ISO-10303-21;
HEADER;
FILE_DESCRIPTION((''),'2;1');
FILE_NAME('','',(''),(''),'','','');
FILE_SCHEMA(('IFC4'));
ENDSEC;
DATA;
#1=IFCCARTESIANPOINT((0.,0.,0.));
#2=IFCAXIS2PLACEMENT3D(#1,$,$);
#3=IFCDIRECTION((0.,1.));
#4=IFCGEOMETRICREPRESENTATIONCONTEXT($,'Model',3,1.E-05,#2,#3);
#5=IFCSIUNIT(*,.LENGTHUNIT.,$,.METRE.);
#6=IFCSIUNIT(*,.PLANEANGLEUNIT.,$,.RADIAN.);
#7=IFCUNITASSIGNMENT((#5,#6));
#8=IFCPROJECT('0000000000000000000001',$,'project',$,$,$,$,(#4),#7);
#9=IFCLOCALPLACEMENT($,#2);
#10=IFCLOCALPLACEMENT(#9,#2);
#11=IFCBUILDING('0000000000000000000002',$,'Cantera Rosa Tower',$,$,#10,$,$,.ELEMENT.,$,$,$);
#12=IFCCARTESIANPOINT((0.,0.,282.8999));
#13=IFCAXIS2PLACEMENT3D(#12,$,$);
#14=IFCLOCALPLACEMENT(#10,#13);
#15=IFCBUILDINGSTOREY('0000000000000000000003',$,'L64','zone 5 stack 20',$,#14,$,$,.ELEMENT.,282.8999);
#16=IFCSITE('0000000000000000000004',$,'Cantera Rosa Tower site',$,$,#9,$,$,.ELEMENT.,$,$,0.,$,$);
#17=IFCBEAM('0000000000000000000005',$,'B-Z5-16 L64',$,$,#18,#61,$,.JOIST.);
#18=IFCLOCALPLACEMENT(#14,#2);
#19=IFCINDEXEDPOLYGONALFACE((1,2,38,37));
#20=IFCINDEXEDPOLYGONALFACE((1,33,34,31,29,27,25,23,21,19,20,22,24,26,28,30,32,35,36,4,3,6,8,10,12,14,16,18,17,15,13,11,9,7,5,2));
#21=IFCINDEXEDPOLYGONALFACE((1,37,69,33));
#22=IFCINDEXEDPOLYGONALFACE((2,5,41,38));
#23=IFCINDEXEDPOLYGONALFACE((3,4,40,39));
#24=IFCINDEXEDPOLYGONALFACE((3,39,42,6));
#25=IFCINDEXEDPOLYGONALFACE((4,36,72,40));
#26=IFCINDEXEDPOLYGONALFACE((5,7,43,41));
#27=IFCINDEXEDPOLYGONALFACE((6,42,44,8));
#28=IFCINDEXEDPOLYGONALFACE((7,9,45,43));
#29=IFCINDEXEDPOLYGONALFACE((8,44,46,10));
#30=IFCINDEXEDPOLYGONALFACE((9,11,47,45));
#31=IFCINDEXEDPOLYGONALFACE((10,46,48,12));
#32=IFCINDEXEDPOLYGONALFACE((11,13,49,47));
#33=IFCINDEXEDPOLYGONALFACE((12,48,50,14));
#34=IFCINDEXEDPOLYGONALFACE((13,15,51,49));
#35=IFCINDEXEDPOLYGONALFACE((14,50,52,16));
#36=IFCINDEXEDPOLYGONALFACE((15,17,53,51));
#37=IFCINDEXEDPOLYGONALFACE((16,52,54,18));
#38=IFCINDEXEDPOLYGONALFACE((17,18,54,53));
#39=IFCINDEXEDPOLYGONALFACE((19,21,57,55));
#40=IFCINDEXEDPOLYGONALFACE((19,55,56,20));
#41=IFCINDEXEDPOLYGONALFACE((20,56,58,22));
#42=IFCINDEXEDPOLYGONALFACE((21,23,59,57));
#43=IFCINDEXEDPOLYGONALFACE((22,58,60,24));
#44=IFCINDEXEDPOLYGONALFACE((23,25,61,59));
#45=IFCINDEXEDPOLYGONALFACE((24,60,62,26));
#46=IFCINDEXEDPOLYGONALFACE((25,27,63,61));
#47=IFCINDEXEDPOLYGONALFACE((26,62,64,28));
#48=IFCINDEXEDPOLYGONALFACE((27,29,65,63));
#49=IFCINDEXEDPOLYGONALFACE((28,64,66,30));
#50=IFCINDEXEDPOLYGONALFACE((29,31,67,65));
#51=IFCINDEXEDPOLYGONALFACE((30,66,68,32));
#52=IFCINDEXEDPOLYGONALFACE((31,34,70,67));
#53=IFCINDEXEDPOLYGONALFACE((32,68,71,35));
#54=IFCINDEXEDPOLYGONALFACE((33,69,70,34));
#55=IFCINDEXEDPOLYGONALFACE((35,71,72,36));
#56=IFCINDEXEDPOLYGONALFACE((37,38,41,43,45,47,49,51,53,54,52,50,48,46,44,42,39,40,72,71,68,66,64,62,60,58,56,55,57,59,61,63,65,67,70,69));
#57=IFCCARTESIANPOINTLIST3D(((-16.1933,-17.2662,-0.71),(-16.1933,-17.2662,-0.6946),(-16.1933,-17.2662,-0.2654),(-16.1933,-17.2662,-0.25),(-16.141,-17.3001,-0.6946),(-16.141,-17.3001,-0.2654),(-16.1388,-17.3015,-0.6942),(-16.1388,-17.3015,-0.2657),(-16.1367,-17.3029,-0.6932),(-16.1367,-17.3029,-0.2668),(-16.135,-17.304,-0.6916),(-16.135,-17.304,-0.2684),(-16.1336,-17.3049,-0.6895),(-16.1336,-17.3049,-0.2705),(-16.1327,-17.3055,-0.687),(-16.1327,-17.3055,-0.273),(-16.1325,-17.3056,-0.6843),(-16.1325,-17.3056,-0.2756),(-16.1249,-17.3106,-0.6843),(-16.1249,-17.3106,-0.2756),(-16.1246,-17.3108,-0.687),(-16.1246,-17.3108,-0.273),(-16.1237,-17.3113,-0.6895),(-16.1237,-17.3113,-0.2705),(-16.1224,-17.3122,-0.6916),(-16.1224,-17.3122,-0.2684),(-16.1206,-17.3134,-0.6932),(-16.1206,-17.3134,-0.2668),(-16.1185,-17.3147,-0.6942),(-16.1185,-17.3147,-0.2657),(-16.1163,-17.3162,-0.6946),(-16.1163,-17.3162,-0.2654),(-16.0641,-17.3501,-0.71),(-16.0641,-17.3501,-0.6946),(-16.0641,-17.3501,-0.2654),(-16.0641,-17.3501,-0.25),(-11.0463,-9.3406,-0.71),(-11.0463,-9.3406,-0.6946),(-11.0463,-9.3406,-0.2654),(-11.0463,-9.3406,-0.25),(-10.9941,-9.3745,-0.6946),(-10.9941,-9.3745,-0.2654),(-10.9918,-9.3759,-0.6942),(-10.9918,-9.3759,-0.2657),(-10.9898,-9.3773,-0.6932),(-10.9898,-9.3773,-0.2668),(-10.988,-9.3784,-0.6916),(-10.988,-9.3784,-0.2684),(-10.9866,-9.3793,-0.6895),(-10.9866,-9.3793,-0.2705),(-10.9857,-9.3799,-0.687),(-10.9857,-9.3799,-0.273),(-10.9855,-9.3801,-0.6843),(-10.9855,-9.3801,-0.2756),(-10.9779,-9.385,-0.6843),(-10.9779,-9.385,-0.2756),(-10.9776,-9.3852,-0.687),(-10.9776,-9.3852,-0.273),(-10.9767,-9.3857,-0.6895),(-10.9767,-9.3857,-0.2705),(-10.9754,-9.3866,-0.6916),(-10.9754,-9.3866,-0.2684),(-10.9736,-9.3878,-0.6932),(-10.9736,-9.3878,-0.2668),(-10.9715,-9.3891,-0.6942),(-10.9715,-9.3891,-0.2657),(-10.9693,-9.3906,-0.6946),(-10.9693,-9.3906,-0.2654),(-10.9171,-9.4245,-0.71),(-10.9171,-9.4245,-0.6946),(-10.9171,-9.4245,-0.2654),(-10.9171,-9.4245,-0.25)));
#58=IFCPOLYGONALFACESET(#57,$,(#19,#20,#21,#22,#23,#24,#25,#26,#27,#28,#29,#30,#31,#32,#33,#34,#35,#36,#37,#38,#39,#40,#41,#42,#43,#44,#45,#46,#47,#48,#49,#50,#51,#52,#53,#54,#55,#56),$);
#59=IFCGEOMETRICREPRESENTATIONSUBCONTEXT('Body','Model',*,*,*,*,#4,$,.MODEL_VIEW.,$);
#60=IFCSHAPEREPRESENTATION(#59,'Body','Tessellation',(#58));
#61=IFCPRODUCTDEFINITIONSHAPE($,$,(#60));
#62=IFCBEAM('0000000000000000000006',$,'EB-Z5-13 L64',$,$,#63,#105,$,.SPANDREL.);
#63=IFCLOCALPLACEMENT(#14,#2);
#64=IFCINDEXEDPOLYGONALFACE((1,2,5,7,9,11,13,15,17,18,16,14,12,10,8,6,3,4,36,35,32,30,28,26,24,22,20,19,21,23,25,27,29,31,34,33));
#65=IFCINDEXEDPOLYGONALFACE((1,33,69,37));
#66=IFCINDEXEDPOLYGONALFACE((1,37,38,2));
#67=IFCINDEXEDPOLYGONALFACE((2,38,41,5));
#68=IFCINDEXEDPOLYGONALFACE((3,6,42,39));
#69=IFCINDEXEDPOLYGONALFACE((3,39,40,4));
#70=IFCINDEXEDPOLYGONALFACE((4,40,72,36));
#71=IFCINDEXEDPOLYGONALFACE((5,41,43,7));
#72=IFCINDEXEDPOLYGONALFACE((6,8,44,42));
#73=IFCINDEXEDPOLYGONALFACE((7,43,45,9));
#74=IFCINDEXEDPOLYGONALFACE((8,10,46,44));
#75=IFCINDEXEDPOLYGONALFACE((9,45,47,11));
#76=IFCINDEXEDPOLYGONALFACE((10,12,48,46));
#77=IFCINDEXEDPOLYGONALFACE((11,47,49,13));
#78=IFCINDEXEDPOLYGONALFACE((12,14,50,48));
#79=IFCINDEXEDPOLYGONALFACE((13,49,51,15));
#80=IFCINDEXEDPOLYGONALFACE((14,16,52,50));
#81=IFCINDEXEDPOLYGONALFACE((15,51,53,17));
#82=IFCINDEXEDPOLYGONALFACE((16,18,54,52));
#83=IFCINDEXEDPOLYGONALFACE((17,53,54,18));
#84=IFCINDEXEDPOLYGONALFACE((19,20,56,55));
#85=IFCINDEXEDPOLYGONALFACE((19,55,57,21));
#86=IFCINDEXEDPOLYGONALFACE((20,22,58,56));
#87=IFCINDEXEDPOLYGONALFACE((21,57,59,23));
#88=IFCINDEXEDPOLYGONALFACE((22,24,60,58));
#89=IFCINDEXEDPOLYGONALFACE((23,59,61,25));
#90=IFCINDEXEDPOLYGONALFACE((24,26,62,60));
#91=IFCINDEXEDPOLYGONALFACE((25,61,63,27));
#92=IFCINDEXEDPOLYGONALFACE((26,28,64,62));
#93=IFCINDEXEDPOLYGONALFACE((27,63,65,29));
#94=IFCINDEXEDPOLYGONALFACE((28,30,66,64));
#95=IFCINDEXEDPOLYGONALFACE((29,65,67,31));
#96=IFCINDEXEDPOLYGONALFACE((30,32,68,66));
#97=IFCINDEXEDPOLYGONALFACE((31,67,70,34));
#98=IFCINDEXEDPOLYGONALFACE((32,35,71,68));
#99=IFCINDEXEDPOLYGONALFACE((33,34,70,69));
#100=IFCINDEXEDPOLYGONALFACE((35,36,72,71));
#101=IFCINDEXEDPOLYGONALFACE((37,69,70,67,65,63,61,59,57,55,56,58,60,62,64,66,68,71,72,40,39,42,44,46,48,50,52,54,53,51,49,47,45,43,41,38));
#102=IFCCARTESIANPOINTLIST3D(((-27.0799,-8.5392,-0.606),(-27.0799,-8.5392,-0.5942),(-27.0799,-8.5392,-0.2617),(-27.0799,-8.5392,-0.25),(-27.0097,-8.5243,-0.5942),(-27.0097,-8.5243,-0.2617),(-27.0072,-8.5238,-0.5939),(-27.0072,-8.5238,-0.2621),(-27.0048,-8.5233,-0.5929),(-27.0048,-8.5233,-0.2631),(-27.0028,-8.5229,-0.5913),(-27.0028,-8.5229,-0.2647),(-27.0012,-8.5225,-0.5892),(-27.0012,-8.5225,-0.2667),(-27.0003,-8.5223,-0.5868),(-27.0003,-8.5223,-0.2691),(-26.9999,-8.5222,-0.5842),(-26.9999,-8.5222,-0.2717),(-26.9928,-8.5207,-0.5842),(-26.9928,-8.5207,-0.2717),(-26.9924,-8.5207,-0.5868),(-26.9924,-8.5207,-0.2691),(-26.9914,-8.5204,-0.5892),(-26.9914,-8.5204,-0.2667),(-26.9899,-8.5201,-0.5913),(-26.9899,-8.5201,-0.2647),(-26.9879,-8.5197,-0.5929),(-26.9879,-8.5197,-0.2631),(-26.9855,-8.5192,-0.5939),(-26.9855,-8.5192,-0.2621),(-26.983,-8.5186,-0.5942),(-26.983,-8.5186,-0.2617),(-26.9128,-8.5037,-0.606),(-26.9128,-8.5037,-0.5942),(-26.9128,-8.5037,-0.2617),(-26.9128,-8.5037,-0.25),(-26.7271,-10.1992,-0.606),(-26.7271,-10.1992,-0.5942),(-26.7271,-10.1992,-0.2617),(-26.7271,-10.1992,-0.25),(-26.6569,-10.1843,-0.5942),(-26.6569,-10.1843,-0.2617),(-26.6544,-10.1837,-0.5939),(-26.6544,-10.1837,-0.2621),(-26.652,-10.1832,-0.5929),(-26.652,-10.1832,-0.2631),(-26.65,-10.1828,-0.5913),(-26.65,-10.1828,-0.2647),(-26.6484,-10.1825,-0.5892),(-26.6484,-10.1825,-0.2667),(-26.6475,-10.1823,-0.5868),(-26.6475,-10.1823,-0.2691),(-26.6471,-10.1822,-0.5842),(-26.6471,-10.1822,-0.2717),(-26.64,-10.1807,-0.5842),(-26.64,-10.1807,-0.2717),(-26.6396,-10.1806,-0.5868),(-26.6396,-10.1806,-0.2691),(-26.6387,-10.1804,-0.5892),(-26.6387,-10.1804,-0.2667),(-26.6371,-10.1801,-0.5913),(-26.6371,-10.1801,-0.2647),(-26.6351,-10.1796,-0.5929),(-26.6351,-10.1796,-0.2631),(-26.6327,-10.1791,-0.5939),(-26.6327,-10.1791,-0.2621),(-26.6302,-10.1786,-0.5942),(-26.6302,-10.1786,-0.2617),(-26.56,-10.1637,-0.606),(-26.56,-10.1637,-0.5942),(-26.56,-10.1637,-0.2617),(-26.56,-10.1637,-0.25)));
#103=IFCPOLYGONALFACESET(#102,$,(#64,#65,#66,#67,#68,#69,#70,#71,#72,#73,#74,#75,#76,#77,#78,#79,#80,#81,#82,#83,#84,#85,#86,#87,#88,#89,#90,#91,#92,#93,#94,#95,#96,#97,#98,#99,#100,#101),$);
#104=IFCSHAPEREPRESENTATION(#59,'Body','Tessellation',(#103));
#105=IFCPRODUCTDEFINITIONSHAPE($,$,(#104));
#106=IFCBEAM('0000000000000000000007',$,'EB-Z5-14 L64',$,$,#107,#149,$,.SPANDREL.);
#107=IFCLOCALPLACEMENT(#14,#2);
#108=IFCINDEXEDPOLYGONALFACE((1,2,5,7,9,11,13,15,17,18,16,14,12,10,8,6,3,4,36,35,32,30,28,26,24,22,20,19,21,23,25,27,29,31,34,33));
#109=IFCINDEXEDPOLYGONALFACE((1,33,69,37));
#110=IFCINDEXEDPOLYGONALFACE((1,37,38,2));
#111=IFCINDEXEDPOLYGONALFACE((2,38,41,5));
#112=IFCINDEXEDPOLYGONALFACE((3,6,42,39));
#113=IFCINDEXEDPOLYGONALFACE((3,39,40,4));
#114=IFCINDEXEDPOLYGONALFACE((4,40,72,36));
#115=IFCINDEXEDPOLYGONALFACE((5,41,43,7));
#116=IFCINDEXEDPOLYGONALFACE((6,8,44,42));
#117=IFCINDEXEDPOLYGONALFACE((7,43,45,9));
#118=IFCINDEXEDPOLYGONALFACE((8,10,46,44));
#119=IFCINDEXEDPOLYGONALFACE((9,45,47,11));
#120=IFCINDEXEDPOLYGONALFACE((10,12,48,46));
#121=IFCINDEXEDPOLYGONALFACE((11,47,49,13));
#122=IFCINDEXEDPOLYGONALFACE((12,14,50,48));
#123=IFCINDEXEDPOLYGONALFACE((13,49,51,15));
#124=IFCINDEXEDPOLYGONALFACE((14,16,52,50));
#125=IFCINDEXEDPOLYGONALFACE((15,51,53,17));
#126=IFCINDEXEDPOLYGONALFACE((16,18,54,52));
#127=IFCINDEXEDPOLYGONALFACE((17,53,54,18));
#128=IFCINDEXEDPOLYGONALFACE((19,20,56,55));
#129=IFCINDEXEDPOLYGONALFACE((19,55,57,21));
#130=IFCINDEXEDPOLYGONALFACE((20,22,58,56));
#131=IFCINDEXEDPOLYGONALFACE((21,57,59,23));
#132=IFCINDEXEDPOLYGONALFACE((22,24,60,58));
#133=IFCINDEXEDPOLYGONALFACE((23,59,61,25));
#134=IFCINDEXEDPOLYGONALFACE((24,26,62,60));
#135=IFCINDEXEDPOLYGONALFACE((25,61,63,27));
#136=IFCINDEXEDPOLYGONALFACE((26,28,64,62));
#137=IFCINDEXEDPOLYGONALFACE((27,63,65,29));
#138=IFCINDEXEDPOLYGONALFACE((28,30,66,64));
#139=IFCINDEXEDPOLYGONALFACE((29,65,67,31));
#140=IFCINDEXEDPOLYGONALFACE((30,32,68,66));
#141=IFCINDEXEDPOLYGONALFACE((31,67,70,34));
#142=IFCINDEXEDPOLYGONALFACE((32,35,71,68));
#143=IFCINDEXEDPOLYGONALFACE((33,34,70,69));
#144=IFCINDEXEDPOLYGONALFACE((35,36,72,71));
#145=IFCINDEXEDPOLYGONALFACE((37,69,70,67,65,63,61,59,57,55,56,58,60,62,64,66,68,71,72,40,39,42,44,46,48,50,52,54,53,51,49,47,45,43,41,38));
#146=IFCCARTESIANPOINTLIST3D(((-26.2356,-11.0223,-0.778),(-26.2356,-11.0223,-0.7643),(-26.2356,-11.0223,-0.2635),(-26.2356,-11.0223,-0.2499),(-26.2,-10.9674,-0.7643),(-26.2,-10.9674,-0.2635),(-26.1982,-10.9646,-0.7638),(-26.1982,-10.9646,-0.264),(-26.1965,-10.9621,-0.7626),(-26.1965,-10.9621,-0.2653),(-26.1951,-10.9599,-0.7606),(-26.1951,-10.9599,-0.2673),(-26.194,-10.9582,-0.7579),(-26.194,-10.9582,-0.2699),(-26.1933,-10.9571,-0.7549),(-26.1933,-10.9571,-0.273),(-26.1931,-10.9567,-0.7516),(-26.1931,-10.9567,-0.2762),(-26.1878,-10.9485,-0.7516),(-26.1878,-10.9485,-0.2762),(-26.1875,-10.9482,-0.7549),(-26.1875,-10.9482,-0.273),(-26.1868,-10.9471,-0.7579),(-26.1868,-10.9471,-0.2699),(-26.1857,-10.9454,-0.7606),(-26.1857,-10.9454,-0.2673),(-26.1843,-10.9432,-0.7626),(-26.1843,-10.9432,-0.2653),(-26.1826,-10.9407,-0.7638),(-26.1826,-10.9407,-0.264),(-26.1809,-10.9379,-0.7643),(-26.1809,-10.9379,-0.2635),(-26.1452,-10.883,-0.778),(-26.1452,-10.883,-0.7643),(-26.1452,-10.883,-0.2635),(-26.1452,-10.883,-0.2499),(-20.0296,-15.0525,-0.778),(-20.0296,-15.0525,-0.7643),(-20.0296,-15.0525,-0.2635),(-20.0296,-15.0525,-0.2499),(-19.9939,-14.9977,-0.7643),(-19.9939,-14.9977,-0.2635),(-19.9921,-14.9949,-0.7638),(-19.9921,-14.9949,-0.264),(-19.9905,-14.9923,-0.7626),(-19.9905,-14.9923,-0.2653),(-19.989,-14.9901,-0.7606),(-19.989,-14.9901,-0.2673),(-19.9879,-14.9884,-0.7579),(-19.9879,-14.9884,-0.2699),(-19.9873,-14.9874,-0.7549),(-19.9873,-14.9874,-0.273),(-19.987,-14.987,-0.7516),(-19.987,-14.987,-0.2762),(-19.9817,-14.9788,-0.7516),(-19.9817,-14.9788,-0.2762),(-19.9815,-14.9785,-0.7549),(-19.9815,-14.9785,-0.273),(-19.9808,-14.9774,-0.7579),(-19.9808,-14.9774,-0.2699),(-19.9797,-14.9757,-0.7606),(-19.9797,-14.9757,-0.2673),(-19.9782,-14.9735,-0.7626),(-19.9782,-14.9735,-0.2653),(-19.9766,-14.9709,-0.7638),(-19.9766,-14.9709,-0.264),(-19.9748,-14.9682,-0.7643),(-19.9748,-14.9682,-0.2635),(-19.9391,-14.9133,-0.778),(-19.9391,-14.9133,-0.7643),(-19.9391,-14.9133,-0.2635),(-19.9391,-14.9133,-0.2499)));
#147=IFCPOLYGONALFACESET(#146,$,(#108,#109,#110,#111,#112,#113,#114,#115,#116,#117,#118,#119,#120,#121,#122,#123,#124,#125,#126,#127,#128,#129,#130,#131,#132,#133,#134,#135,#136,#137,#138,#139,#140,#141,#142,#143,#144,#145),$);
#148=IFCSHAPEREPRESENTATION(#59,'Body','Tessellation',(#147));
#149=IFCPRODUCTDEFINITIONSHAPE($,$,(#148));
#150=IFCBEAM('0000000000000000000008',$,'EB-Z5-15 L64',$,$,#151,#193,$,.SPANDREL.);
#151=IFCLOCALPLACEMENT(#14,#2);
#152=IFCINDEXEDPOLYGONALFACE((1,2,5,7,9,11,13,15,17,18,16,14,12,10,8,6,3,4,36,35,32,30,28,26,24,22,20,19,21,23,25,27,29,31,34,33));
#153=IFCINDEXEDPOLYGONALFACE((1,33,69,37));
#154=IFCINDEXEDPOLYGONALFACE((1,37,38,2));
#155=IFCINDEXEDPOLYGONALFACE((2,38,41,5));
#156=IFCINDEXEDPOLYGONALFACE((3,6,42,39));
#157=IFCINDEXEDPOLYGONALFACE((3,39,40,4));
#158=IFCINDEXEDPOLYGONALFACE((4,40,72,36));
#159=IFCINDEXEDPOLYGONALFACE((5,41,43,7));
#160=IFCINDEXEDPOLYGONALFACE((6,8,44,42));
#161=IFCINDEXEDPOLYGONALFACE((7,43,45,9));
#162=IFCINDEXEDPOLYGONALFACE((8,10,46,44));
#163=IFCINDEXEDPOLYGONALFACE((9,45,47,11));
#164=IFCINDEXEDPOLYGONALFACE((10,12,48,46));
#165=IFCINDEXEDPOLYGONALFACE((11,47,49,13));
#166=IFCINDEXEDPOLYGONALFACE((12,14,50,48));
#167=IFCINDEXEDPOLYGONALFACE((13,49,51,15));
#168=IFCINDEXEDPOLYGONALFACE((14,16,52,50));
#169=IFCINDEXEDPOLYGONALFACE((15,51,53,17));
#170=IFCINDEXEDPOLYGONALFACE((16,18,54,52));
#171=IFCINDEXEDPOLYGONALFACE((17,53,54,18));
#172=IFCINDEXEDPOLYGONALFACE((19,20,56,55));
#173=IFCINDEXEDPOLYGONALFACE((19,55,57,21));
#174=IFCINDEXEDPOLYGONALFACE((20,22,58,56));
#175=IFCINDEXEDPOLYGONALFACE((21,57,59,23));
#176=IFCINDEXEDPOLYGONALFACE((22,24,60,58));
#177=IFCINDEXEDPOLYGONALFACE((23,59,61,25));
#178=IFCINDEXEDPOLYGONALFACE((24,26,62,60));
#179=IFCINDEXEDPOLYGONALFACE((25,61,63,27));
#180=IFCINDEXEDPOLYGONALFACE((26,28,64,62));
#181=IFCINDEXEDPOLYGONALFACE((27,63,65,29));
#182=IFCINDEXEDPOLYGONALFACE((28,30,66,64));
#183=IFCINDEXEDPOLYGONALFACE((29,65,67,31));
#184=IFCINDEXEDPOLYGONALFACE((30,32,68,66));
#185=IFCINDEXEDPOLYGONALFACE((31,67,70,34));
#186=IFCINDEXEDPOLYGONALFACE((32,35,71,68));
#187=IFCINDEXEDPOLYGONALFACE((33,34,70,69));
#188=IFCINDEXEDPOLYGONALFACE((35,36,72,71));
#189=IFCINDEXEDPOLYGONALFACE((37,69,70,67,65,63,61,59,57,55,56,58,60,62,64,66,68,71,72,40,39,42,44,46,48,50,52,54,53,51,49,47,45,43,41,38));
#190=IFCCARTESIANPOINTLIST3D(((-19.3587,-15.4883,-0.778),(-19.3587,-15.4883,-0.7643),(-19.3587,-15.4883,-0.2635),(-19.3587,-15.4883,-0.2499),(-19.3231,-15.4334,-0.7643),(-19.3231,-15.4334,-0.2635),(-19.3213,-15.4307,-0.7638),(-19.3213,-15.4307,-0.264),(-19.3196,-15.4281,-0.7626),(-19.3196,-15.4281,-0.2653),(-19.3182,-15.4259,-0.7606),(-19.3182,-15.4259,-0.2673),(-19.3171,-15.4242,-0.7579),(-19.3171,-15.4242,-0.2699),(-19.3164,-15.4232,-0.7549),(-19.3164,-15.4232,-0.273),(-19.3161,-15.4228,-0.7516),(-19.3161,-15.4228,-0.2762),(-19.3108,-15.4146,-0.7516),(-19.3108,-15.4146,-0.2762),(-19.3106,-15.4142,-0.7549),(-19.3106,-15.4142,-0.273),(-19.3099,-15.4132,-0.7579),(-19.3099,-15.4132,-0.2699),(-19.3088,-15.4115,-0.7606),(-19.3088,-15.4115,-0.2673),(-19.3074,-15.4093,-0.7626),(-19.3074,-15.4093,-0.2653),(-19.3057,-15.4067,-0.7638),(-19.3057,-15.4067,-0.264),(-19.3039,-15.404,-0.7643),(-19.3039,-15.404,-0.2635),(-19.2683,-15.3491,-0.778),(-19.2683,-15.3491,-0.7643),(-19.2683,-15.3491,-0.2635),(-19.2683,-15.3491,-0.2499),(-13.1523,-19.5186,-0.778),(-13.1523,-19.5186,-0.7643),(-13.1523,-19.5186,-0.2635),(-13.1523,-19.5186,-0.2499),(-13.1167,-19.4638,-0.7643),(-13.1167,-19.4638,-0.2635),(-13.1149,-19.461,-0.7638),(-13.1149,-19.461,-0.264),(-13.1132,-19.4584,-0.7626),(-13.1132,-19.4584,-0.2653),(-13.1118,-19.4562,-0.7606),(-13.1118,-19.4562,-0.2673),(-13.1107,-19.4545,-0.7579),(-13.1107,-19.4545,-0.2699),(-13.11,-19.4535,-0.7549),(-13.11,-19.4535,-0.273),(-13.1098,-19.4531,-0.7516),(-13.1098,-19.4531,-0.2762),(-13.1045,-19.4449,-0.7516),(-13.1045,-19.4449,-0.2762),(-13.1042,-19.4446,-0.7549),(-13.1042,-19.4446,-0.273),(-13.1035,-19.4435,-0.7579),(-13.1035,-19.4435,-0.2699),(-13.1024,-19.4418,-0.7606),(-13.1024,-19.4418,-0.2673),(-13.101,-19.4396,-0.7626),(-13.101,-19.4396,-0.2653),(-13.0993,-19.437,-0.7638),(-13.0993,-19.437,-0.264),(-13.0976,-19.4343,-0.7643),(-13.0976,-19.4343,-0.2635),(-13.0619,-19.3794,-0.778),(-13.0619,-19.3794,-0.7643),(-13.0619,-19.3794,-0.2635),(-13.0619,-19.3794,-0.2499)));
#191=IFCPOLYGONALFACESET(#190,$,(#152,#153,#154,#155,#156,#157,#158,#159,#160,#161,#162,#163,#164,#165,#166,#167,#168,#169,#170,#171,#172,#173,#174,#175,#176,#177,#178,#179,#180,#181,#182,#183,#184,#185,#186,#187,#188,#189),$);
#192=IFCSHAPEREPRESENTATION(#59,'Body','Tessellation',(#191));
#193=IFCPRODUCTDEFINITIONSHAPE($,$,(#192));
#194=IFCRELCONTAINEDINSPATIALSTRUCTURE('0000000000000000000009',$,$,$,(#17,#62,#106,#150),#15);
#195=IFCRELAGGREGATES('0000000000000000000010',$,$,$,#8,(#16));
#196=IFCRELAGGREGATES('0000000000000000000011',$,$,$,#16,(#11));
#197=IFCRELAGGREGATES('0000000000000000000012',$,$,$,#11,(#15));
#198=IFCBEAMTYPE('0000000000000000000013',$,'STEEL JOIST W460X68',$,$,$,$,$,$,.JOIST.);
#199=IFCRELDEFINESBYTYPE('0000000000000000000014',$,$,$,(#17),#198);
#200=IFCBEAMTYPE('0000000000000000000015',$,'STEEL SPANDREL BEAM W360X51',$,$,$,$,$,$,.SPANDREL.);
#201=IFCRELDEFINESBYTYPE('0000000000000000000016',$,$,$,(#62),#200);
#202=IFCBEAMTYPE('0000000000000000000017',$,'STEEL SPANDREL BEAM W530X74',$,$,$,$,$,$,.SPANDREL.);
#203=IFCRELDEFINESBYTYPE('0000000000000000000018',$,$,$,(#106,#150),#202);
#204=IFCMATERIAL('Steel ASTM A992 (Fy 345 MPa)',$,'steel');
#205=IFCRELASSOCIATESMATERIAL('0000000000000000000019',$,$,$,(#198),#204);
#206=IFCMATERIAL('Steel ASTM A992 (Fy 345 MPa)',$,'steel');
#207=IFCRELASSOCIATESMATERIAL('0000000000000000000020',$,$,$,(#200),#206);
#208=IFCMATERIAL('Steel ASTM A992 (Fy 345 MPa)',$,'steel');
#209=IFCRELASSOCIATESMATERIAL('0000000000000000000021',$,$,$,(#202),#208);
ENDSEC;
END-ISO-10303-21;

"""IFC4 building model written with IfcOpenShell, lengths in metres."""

from ifc_helpers import new_model, si_unit, direction, frame, origin, origin_2d, place, context, subcontext, project, spatial, i_section, extrude, material, material_profile, profile_set, type_object, element, save


model = new_model("IFC4")

# Units and contexts
model_context = context("Model", 3, precision=1e-05, world=origin(), true_north=direction((0.0, 1.0)))
body_context = subcontext(model_context, "Body", "Model", "MODEL_VIEW")
ifc_project = project(units=[si_unit("LENGTHUNIT", "METRE"), si_unit("PLANEANGLEUNIT", "RADIAN")], contexts=[model_context])

# Site, building, storey
site_placement = place(None, origin())
site = spatial("IfcSite", under=ifc_project, at=site_placement, Name="Cantera Rosa Tower site", CompositionType="ELEMENT", RefElevation=0.0)
building_placement = place(site_placement, origin())
building = spatial("IfcBuilding", under=site, at=building_placement, Name="Cantera Rosa Tower", CompositionType="ELEMENT")
storey_placement = place(building_placement, frame((0.0, 0.0, 282.8999)))
storey = spatial("IfcBuildingStorey", under=building, at=storey_placement, Name="L64", Description="zone 5 stack 20", CompositionType="ELEMENT", Elevation=282.8999)

# Beams
ifc_material_1 = material(Name="Steel ASTM A992 (Fy 345 MPa)", Category="steel")
ifc_material_profile_1 = material_profile(ifc_material_1, i_section(OverallWidth=0.1541, OverallDepth=0.46, WebThickness=0.009, FlangeThickness=0.0154, FilletRadius=0.0103, at=origin_2d()), Name="W460X68")
ifc_profile_set_1 = profile_set([ifc_material_profile_1], Name="Steel ASTM A992 (Fy 345 MPa)")
beam_type_1 = type_object("IfcBeamType", Name="STEEL JOIST W460X68", PredefinedType="JOIST", material=ifc_profile_set_1)
beam_1_placement = place(storey_placement, frame((-16.1287, -17.3081, -0.48), z_axis=(0.544644, 0.838667, 0.0), x_axis=(-0.838667, 0.544644, 0.0)))
element("IfcBeam", 1, at=beam_1_placement, inside=storey, type_object=beam_type_1, Name="B-Z5-16 L64", PredefinedType="JOIST", context=body_context, shape_type="SweptSolid", body=[
    extrude(i_section(OverallWidth=0.1541, OverallDepth=0.46, WebThickness=0.009, FlangeThickness=0.0154, FilletRadius=0.0103, at=origin_2d()), origin(), (0.0, 0.0, 1.0), 9.4502),
])
ifc_material_2 = material(Name="Steel ASTM A992 (Fy 345 MPa)", Category="steel")
ifc_material_profile_2 = material_profile(ifc_material_2, i_section(OverallWidth=0.1709, OverallDepth=0.356, WebThickness=0.0073, FlangeThickness=0.0117, FilletRadius=0.01, at=origin_2d()), Name="W360X51")
ifc_profile_set_2 = profile_set([ifc_material_profile_2], Name="Steel ASTM A992 (Fy 345 MPa)")
beam_type_2 = type_object("IfcBeamType", Name="STEEL SPANDREL BEAM W360X51", PredefinedType="SPANDREL", material=ifc_profile_set_2)
beam_2_placement = place(storey_placement, frame((-26.9963, -8.5215, -0.428), z_axis=(0.207888, -0.978153, 0.0), x_axis=(0.978153, 0.207888, 0.0)))
element("IfcBeam", 2, at=beam_2_placement, inside=storey, type_object=beam_type_2, Name="EB-Z5-13 L64", PredefinedType="SPANDREL", context=body_context, shape_type="SweptSolid", body=[
    extrude(i_section(OverallWidth=0.1709, OverallDepth=0.356, WebThickness=0.0073, FlangeThickness=0.0117, FilletRadius=0.01, at=origin_2d()), origin(), (0.0, 0.0, 1.0), 1.697),
])
ifc_material_3 = material(Name="Steel ASTM A992 (Fy 345 MPa)", Category="steel")
ifc_material_profile_3 = material_profile(ifc_material_3, i_section(OverallWidth=0.166, OverallDepth=0.5281, WebThickness=0.0098, FlangeThickness=0.0137, FilletRadius=0.0127, at=origin_2d()), Name="W530X74")
ifc_profile_set_3 = profile_set([ifc_material_profile_3], Name="Steel ASTM A992 (Fy 345 MPa)")
beam_type_3 = type_object("IfcBeamType", Name="STEEL SPANDREL BEAM W530X74", PredefinedType="SPANDREL", material=ifc_profile_set_3)
beam_3_placement = place(storey_placement, frame((-26.1904, -10.9526, -0.5139), z_axis=(0.83867, -0.54464, 0.0), x_axis=(0.54464, 0.83867, 0.0)))
element("IfcBeam", 3, at=beam_3_placement, inside=storey, type_object=beam_type_3, Name="EB-Z5-14 L64", PredefinedType="SPANDREL", context=body_context, shape_type="SweptSolid", body=[
    extrude(i_section(OverallWidth=0.166, OverallDepth=0.5281, WebThickness=0.0098, FlangeThickness=0.0137, FilletRadius=0.0127, at=origin_2d()), origin(), (0.0, 0.0, 1.0), 7.3999),
])
beam_4_placement = place(storey_placement, frame((-19.3135, -15.4187, -0.5139), z_axis=(0.838679, -0.544625, 0.0), x_axis=(0.544625, 0.838679, 0.0)))
element("IfcBeam", 4, at=beam_4_placement, inside=storey, type_object=beam_type_3, Name="EB-Z5-15 L64", PredefinedType="SPANDREL", context=body_context, shape_type="SweptSolid", body=[
    extrude(i_section(OverallWidth=0.166, OverallDepth=0.5281, WebThickness=0.0098, FlangeThickness=0.0137, FilletRadius=0.0127, at=origin_2d()), origin(), (0.0, 0.0, 1.0), 7.4001),
])

save(model, "model.ifc")
